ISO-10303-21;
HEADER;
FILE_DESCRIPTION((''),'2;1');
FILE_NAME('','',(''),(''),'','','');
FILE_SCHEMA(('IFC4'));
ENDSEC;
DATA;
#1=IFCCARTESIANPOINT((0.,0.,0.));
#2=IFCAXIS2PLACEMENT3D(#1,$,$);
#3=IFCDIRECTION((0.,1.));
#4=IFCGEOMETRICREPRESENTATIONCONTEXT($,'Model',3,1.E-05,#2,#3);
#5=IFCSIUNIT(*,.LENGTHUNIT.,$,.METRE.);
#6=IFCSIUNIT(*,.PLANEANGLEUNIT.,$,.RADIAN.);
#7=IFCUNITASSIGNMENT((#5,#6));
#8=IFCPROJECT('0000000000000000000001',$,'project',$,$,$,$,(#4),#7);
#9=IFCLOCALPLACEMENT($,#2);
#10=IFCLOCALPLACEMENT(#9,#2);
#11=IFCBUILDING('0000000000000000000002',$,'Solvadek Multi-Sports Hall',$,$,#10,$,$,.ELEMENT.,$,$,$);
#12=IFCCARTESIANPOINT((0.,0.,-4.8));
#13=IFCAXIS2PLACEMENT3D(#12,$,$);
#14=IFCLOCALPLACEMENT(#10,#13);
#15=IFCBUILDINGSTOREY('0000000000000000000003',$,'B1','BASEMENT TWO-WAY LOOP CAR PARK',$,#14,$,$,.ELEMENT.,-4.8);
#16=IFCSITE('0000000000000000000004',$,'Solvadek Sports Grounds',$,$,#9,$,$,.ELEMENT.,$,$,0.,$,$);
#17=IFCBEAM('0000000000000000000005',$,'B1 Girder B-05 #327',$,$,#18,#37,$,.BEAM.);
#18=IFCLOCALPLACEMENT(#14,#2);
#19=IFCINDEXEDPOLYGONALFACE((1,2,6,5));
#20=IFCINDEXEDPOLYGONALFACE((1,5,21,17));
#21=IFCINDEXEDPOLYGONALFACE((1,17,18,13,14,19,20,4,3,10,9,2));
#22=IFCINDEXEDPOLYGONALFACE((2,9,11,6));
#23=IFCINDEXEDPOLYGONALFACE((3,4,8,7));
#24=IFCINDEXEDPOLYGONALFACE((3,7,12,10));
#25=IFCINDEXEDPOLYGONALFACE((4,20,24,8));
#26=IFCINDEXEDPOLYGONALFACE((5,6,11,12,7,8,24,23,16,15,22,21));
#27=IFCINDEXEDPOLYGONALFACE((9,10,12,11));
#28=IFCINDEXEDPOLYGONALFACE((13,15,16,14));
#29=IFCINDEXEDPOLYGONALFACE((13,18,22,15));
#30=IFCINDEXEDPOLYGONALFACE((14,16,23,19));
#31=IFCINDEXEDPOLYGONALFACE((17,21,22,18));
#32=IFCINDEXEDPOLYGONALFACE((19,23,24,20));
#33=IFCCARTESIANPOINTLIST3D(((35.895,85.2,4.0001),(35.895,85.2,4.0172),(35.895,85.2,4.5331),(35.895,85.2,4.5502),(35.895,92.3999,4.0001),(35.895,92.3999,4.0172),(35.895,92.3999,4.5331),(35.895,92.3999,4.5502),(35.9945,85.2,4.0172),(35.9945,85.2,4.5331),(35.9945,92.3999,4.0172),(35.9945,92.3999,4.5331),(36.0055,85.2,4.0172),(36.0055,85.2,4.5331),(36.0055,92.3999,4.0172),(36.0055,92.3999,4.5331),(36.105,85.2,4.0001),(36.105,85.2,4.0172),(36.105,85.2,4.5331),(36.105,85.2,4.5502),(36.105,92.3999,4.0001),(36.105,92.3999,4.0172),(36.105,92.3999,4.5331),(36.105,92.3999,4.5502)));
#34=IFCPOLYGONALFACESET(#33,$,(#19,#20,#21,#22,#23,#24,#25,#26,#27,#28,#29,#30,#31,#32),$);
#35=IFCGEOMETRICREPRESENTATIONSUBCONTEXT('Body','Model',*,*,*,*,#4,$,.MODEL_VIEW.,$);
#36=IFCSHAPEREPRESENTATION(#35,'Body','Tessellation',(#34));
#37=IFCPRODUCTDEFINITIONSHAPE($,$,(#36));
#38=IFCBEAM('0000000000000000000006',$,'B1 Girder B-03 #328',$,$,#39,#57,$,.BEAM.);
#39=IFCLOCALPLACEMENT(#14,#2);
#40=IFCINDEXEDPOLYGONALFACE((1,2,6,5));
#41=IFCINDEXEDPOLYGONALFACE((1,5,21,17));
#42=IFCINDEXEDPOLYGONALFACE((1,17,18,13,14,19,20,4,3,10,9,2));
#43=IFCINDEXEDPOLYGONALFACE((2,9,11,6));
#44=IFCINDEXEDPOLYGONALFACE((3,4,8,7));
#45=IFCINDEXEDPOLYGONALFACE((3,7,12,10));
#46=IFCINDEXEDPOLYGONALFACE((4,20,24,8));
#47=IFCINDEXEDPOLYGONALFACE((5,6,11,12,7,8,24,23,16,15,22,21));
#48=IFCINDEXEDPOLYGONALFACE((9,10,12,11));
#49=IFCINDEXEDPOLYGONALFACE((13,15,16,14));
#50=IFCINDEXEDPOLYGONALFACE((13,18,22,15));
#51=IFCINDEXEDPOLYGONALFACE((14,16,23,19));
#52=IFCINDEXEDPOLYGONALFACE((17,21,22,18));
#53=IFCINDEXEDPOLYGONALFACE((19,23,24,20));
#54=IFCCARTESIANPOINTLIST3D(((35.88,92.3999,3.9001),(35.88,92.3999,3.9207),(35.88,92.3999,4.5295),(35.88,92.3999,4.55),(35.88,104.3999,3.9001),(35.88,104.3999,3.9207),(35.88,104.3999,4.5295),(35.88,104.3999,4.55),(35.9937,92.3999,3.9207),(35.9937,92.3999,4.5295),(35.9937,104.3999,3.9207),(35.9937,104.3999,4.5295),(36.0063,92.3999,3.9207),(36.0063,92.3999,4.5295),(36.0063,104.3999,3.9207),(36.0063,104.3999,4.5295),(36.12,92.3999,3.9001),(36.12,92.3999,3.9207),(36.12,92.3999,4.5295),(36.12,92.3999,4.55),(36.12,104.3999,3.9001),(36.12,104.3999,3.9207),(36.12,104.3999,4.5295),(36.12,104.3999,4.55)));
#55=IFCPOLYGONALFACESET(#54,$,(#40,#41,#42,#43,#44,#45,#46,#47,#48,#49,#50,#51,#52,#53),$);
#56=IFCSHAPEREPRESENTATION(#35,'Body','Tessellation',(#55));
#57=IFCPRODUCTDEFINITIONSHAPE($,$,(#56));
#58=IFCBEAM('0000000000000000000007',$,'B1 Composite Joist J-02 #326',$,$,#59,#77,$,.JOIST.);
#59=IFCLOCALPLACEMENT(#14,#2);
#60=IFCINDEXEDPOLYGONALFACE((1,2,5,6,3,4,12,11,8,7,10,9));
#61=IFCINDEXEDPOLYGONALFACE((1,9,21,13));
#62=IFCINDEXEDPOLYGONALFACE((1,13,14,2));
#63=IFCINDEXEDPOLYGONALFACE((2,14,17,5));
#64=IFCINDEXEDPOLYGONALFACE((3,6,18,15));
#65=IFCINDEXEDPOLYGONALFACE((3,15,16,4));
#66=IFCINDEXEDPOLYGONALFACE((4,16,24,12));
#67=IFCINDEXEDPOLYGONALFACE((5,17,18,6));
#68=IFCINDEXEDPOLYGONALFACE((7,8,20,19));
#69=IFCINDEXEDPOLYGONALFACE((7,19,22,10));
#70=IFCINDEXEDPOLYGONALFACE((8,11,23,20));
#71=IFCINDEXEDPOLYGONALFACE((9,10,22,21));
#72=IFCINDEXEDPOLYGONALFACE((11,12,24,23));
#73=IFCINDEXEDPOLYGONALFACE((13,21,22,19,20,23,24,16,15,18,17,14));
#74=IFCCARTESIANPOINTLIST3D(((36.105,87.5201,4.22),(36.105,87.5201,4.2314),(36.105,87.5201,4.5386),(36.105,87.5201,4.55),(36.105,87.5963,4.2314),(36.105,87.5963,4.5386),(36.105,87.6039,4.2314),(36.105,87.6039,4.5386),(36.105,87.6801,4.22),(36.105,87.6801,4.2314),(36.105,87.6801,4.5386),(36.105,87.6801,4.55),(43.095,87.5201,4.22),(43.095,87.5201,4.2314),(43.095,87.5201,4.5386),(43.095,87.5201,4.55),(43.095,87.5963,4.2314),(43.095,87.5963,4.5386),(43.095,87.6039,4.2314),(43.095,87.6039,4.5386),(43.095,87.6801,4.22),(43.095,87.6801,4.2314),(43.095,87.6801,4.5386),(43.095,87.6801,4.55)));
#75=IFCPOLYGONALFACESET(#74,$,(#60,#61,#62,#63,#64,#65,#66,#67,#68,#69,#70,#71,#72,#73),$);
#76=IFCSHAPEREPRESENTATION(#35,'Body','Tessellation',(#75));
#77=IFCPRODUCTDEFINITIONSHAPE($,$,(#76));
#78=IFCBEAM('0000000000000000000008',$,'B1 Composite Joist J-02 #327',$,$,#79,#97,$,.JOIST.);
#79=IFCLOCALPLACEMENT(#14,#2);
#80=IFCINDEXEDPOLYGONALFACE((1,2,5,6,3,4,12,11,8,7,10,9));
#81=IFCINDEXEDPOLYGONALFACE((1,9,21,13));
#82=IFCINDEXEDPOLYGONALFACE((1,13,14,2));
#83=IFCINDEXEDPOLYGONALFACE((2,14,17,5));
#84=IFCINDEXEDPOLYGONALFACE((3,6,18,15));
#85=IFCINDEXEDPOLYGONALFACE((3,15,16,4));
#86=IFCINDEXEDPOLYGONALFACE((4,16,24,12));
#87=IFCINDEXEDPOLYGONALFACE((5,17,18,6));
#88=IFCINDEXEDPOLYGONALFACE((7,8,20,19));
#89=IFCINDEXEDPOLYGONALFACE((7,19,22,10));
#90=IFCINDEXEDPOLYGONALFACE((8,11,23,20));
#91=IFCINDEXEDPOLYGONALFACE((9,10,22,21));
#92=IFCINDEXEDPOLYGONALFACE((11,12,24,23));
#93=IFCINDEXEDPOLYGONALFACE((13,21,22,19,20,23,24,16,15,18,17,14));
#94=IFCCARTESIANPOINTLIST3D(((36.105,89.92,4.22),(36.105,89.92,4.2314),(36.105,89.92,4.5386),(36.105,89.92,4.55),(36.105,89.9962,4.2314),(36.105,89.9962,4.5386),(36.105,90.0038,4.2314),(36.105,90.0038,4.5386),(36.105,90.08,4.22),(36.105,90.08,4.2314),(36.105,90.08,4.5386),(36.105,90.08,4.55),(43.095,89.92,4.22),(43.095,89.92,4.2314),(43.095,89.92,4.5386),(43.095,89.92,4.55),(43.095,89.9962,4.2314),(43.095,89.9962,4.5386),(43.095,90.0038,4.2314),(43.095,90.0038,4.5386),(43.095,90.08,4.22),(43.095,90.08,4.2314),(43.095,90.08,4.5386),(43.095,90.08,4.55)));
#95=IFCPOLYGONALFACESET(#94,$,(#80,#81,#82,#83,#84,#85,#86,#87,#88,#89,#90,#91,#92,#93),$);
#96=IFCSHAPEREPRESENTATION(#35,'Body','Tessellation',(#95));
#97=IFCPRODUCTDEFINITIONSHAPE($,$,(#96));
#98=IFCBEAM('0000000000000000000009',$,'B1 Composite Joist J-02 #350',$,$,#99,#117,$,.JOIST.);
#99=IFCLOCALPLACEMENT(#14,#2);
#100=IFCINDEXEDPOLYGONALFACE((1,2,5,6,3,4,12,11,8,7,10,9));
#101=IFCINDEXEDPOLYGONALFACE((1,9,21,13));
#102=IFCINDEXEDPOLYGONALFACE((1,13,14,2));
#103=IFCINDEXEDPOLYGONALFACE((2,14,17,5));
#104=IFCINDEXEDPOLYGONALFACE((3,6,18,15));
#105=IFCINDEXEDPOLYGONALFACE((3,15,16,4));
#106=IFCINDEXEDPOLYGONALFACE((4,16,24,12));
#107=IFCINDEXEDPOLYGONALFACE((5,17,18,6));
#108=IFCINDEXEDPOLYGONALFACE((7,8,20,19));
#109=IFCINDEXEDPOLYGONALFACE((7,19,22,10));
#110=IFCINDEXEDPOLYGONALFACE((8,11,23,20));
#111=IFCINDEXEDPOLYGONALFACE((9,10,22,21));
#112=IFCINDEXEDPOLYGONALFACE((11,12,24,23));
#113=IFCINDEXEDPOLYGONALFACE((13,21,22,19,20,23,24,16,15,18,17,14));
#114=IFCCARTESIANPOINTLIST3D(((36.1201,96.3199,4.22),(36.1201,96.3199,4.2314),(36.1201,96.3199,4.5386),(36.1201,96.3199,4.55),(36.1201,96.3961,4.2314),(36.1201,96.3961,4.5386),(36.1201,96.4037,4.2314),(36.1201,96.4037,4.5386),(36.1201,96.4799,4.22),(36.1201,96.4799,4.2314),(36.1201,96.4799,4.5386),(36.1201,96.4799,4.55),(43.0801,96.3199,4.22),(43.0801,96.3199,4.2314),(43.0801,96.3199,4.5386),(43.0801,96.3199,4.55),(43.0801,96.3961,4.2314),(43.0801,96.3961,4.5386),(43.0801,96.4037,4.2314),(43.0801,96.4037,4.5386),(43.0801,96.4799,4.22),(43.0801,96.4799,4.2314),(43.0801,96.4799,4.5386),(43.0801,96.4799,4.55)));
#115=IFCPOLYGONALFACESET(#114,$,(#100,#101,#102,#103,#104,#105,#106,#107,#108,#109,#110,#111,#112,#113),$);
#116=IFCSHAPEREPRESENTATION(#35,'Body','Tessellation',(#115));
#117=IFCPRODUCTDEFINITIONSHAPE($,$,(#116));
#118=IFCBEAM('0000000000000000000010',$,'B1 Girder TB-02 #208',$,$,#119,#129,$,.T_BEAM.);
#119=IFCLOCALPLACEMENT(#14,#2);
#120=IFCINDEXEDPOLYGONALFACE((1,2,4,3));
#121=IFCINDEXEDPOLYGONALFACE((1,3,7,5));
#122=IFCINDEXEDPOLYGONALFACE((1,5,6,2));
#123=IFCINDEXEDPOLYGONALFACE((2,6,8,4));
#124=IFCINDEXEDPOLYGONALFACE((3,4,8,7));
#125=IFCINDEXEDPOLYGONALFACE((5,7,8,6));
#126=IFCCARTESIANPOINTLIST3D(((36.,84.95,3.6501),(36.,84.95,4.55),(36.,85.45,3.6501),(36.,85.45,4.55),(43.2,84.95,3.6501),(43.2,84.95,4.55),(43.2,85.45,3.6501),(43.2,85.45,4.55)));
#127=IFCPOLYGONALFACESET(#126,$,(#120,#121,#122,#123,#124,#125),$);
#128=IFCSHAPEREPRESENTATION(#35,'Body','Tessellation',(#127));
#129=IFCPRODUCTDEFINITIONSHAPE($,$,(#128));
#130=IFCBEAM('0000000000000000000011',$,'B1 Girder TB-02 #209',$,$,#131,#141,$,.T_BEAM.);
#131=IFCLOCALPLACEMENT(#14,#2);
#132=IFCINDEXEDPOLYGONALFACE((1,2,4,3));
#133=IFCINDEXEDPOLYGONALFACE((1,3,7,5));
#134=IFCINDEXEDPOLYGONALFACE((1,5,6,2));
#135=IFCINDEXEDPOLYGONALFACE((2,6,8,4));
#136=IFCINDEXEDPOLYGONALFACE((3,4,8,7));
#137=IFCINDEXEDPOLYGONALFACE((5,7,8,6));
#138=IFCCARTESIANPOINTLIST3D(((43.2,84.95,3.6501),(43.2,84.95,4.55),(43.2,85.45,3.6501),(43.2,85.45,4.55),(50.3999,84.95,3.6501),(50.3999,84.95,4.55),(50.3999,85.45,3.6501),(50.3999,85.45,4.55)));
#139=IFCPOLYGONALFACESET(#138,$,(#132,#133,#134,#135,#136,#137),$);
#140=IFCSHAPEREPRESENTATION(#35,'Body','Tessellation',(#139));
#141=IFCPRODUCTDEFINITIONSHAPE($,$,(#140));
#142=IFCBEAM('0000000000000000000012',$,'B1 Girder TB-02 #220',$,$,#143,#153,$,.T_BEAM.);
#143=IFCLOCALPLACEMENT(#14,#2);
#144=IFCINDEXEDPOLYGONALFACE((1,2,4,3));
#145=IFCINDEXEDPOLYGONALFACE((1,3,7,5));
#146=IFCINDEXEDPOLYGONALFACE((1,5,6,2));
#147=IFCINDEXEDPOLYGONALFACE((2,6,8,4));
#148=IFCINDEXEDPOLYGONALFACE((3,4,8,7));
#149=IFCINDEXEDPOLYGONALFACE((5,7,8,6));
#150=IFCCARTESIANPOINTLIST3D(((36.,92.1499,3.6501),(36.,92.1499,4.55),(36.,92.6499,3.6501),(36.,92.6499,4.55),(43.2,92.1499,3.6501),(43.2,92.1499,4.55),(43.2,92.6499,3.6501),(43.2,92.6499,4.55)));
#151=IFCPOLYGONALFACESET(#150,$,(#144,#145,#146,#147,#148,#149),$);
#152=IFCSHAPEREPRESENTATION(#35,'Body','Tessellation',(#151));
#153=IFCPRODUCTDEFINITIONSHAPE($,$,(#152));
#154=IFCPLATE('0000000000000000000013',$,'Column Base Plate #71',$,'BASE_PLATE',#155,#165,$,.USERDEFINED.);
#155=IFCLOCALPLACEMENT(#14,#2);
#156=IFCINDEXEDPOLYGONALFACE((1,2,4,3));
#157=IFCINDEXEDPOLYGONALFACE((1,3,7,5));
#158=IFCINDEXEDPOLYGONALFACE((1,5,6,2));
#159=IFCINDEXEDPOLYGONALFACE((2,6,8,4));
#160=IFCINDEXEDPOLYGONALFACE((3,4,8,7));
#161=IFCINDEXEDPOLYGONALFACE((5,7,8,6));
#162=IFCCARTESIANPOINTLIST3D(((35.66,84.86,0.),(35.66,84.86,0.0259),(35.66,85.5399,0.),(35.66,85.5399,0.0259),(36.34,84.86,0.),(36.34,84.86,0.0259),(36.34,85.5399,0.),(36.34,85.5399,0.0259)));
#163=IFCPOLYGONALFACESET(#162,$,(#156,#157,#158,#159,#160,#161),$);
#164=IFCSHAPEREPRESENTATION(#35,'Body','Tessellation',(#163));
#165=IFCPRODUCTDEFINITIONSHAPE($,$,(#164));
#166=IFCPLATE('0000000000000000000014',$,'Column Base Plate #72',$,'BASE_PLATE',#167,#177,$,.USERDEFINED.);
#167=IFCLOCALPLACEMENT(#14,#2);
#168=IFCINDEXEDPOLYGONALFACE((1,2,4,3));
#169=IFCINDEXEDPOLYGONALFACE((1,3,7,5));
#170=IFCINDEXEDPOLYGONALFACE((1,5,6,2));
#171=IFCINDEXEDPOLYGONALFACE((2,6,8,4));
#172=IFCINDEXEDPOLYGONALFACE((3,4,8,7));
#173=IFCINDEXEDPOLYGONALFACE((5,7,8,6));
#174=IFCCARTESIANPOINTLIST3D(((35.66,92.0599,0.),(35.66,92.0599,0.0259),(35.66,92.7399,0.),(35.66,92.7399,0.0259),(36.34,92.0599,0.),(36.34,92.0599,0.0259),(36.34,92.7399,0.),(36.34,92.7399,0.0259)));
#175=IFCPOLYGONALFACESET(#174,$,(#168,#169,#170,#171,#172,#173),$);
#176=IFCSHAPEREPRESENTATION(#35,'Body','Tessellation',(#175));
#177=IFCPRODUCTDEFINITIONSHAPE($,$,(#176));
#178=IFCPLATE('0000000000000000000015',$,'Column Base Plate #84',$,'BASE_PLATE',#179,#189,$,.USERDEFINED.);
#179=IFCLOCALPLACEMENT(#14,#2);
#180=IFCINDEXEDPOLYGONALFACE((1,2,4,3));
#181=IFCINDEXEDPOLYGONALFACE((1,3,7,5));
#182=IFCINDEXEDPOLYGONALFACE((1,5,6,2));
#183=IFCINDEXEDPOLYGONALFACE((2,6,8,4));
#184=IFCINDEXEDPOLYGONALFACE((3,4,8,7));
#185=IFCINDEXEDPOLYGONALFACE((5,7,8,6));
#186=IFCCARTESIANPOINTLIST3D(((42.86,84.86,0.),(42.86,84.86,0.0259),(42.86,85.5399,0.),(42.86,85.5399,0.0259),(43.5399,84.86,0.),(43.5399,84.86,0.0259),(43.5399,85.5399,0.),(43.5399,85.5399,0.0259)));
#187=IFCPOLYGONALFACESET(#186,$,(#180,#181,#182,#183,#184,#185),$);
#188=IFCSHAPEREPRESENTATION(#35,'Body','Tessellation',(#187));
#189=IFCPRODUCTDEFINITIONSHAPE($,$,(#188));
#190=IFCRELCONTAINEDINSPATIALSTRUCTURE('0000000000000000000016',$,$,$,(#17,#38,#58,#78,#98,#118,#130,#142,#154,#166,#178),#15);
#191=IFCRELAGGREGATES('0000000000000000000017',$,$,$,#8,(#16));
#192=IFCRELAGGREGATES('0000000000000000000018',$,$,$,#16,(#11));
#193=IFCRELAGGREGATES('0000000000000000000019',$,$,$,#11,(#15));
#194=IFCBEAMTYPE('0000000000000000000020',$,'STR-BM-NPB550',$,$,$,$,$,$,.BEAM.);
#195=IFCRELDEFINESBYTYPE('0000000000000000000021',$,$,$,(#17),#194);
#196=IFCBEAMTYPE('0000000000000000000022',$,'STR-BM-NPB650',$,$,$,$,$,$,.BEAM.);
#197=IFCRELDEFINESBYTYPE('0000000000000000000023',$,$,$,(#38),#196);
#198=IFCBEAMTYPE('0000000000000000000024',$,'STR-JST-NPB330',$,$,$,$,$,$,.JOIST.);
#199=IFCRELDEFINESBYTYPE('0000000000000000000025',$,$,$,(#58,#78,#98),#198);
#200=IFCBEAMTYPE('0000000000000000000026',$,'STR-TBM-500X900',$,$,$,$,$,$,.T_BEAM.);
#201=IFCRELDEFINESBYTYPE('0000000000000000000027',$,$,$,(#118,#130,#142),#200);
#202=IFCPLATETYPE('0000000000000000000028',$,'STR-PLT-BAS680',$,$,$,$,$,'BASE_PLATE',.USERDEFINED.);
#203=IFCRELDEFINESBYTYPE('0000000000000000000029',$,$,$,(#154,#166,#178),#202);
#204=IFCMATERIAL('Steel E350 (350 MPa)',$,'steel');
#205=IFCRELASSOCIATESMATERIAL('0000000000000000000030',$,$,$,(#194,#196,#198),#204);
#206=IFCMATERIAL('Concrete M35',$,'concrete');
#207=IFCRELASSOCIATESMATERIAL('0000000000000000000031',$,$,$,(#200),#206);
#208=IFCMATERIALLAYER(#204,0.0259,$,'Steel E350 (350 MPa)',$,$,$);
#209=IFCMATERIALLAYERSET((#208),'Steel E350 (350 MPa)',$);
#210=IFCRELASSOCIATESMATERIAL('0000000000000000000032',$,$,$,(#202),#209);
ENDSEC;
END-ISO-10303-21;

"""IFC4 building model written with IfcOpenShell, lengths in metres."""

from ifc_helpers import new_model, si_unit, direction, frame, origin, origin_2d, place, context, subcontext, project, spatial, rectangle, i_section, extrude, material, layer, layer_set, material_profile, profile_set, type_object, element, save


model = new_model("IFC4")

# Units and contexts
model_context = context("Model", 3, precision=1e-05, world=origin(), true_north=direction((0.0, 1.0)))
body_context = subcontext(model_context, "Body", "Model", "MODEL_VIEW")
ifc_project = project(units=[si_unit("LENGTHUNIT", "METRE"), si_unit("PLANEANGLEUNIT", "RADIAN")], contexts=[model_context])

# Site, building, storey
site_placement = place(None, origin())
site = spatial("IfcSite", under=ifc_project, at=site_placement, Name="Solvadek Sports Grounds", CompositionType="ELEMENT", RefElevation=0.0)
building_placement = place(site_placement, origin())
building = spatial("IfcBuilding", under=site, at=building_placement, Name="Solvadek Multi-Sports Hall", CompositionType="ELEMENT")
storey_placement = place(building_placement, frame((0.0, 0.0, -4.8)))
storey = spatial("IfcBuildingStorey", under=building, at=storey_placement, Name="B1", Description="BASEMENT TWO-WAY LOOP CAR PARK", CompositionType="ELEMENT", Elevation=-4.8)

# Shared definitions
ifc_material_1 = material(Name="Concrete M35", Category="concrete")

# Shared definitions
ifc_material_2 = material(Name="Steel E350 (350 MPa)", Category="steel")

# Beams
ifc_material_profile_1 = material_profile(ifc_material_2, i_section(OverallWidth=0.21, OverallDepth=0.55, WebThickness=0.011, FlangeThickness=0.0171, at=origin_2d()), Name="NPB 550")
ifc_profile_set_1 = profile_set([ifc_material_profile_1], Name="Steel E350 (350 MPa)")
beam_type_1 = type_object("IfcBeamType", Name="STR-BM-NPB550", PredefinedType="BEAM", material=ifc_profile_set_1)
beam_1_placement = place(storey_placement, frame((36.0, 85.2, 4.2751), z_axis=(0.0, 1.0, 0.0), x_axis=(-1.0, 0.0, 0.0)))
element("IfcBeam", 1, at=beam_1_placement, inside=storey, type_object=beam_type_1, Name="B1 Girder B-05 #327", PredefinedType="BEAM", context=body_context, shape_type="SweptSolid", body=[
    extrude(i_section(OverallWidth=0.21, OverallDepth=0.55, WebThickness=0.011, FlangeThickness=0.0171, at=origin_2d()), origin(), (0.0, 0.0, 1.0), 7.2),
])
ifc_material_profile_2 = material_profile(ifc_material_2, i_section(OverallWidth=0.24, OverallDepth=0.6499, WebThickness=0.0127, FlangeThickness=0.0205, at=origin_2d()), Name="NPB 650")
ifc_profile_set_2 = profile_set([ifc_material_profile_2], Name="Steel E350 (350 MPa)")
beam_type_2 = type_object("IfcBeamType", Name="STR-BM-NPB650", PredefinedType="BEAM", material=ifc_profile_set_2)
beam_2_placement = place(storey_placement, frame((36.0, 92.3999, 4.2251), z_axis=(0.0, 1.0, 0.0), x_axis=(-1.0, 0.0, 0.0)))
element("IfcBeam", 2, at=beam_2_placement, inside=storey, type_object=beam_type_2, Name="B1 Girder B-03 #328", PredefinedType="BEAM", context=body_context, shape_type="SweptSolid", body=[
    extrude(i_section(OverallWidth=0.24, OverallDepth=0.6499, WebThickness=0.0127, FlangeThickness=0.0205, at=origin_2d()), origin(), (0.0, 0.0, 1.0), 12.0),
])
ifc_material_profile_3 = material_profile(ifc_material_2, i_section(OverallWidth=0.1599, OverallDepth=0.3301, WebThickness=0.0076, FlangeThickness=0.0115, at=origin_2d()), Name="NPB 330")
ifc_profile_set_3 = profile_set([ifc_material_profile_3], Name="Steel E350 (350 MPa)")
beam_type_3 = type_object("IfcBeamType", Name="STR-JST-NPB330", PredefinedType="JOIST", material=ifc_profile_set_3)
for number, where, z_axis, x_axis, name in (
    (3, (36.105, 87.6001, 4.385), (1.0, 0.0, 0.0), (0.0, 1.0, 0.0), "B1 Composite Joist J-02 #326"),
    (4, (36.105, 90.0, 4.385), (1.0, 0.0, 0.0), (0.0, 1.0, 0.0), "B1 Composite Joist J-02 #327"),
):
    element("IfcBeam", number, at=place(storey_placement, frame(where, z_axis=z_axis, x_axis=x_axis)), inside=storey, type_object=beam_type_3, Name=name, PredefinedType="JOIST", context=body_context, shape_type="SweptSolid", body=[
        extrude(i_section(OverallWidth=0.1599, OverallDepth=0.3301, WebThickness=0.0076, FlangeThickness=0.0115, at=origin_2d()), origin(), (0.0, 0.0, 1.0), 6.99),
    ])
beam_3_placement = place(storey_placement, frame((36.1201, 96.3999, 4.385), z_axis=(1.0, 0.0, 0.0), x_axis=(0.0, 1.0, 0.0)))
element("IfcBeam", 5, at=beam_3_placement, inside=storey, type_object=beam_type_3, Name="B1 Composite Joist J-02 #350", PredefinedType="JOIST", context=body_context, shape_type="SweptSolid", body=[
    extrude(i_section(OverallWidth=0.1599, OverallDepth=0.3301, WebThickness=0.0076, FlangeThickness=0.0115, at=origin_2d()), origin(), (0.0, 0.0, 1.0), 6.96),
])
ifc_material_profile_4 = material_profile(ifc_material_1, rectangle(XDim=0.5, YDim=0.8999, at=origin_2d()), Name="RC T-BEAM 500x900")
ifc_profile_set_4 = profile_set([ifc_material_profile_4], Name="Concrete M35")
beam_type_4 = type_object("IfcBeamType", Name="STR-TBM-500X900", PredefinedType="T_BEAM", material=ifc_profile_set_4)
for number, where, z_axis, x_axis, name in (
    (6, (36.0, 85.2, 4.1001), (1.0, 0.0, 0.0), (0.0, 1.0, 0.0), "B1 Girder TB-02 #208"),
    (7, (43.2, 85.2, 4.1001), (1.0, 0.0, 0.0), (0.0, 1.0, 0.0), "B1 Girder TB-02 #209"),
    (8, (36.0, 92.3999, 4.1001), (1.0, 0.0, 0.0), (0.0, 1.0, 0.0), "B1 Girder TB-02 #220"),
):
    element("IfcBeam", number, at=place(storey_placement, frame(where, z_axis=z_axis, x_axis=x_axis)), inside=storey, type_object=beam_type_4, Name=name, PredefinedType="T_BEAM", context=body_context, shape_type="SweptSolid", body=[
        extrude(rectangle(XDim=0.5, YDim=0.8999, at=origin_2d()), origin(), (0.0, 0.0, 1.0), 7.2),
    ])

# Plates
ifc_layer = layer(ifc_material_2, 0.0259, Name="Steel E350 (350 MPa)")
ifc_layer_set = layer_set([ifc_layer], Name="Steel E350 (350 MPa)")
plate_type = type_object("IfcPlateType", Name="STR-PLT-BAS680", ElementType="BASE_PLATE", PredefinedType="USERDEFINED", material=ifc_layer_set)
for number, where, z_axis, x_axis, name in (
    (9, (36.0, 85.2, 0.0), (0.0, 0.0, 1.0), (1.0, 0.0, 0.0), "Column Base Plate #71"),
    (10, (36.0, 92.3999, 0.0), (0.0, 0.0, 1.0), (1.0, 0.0, 0.0), "Column Base Plate #72"),
    (11, (43.2, 85.2, 0.0), (0.0, 0.0, 1.0), (1.0, 0.0, 0.0), "Column Base Plate #84"),
):
    element("IfcPlate", number, at=place(storey_placement, frame(where, z_axis=z_axis, x_axis=x_axis)), inside=storey, type_object=plate_type, Name=name, ObjectType="BASE_PLATE", PredefinedType="USERDEFINED", context=body_context, shape_type="SweptSolid", body=[
        extrude(rectangle(XDim=0.6799, YDim=0.6799, at=origin_2d()), origin(), (0.0, 0.0, 1.0), 0.0259),
    ])

save(model, "model.ifc")
